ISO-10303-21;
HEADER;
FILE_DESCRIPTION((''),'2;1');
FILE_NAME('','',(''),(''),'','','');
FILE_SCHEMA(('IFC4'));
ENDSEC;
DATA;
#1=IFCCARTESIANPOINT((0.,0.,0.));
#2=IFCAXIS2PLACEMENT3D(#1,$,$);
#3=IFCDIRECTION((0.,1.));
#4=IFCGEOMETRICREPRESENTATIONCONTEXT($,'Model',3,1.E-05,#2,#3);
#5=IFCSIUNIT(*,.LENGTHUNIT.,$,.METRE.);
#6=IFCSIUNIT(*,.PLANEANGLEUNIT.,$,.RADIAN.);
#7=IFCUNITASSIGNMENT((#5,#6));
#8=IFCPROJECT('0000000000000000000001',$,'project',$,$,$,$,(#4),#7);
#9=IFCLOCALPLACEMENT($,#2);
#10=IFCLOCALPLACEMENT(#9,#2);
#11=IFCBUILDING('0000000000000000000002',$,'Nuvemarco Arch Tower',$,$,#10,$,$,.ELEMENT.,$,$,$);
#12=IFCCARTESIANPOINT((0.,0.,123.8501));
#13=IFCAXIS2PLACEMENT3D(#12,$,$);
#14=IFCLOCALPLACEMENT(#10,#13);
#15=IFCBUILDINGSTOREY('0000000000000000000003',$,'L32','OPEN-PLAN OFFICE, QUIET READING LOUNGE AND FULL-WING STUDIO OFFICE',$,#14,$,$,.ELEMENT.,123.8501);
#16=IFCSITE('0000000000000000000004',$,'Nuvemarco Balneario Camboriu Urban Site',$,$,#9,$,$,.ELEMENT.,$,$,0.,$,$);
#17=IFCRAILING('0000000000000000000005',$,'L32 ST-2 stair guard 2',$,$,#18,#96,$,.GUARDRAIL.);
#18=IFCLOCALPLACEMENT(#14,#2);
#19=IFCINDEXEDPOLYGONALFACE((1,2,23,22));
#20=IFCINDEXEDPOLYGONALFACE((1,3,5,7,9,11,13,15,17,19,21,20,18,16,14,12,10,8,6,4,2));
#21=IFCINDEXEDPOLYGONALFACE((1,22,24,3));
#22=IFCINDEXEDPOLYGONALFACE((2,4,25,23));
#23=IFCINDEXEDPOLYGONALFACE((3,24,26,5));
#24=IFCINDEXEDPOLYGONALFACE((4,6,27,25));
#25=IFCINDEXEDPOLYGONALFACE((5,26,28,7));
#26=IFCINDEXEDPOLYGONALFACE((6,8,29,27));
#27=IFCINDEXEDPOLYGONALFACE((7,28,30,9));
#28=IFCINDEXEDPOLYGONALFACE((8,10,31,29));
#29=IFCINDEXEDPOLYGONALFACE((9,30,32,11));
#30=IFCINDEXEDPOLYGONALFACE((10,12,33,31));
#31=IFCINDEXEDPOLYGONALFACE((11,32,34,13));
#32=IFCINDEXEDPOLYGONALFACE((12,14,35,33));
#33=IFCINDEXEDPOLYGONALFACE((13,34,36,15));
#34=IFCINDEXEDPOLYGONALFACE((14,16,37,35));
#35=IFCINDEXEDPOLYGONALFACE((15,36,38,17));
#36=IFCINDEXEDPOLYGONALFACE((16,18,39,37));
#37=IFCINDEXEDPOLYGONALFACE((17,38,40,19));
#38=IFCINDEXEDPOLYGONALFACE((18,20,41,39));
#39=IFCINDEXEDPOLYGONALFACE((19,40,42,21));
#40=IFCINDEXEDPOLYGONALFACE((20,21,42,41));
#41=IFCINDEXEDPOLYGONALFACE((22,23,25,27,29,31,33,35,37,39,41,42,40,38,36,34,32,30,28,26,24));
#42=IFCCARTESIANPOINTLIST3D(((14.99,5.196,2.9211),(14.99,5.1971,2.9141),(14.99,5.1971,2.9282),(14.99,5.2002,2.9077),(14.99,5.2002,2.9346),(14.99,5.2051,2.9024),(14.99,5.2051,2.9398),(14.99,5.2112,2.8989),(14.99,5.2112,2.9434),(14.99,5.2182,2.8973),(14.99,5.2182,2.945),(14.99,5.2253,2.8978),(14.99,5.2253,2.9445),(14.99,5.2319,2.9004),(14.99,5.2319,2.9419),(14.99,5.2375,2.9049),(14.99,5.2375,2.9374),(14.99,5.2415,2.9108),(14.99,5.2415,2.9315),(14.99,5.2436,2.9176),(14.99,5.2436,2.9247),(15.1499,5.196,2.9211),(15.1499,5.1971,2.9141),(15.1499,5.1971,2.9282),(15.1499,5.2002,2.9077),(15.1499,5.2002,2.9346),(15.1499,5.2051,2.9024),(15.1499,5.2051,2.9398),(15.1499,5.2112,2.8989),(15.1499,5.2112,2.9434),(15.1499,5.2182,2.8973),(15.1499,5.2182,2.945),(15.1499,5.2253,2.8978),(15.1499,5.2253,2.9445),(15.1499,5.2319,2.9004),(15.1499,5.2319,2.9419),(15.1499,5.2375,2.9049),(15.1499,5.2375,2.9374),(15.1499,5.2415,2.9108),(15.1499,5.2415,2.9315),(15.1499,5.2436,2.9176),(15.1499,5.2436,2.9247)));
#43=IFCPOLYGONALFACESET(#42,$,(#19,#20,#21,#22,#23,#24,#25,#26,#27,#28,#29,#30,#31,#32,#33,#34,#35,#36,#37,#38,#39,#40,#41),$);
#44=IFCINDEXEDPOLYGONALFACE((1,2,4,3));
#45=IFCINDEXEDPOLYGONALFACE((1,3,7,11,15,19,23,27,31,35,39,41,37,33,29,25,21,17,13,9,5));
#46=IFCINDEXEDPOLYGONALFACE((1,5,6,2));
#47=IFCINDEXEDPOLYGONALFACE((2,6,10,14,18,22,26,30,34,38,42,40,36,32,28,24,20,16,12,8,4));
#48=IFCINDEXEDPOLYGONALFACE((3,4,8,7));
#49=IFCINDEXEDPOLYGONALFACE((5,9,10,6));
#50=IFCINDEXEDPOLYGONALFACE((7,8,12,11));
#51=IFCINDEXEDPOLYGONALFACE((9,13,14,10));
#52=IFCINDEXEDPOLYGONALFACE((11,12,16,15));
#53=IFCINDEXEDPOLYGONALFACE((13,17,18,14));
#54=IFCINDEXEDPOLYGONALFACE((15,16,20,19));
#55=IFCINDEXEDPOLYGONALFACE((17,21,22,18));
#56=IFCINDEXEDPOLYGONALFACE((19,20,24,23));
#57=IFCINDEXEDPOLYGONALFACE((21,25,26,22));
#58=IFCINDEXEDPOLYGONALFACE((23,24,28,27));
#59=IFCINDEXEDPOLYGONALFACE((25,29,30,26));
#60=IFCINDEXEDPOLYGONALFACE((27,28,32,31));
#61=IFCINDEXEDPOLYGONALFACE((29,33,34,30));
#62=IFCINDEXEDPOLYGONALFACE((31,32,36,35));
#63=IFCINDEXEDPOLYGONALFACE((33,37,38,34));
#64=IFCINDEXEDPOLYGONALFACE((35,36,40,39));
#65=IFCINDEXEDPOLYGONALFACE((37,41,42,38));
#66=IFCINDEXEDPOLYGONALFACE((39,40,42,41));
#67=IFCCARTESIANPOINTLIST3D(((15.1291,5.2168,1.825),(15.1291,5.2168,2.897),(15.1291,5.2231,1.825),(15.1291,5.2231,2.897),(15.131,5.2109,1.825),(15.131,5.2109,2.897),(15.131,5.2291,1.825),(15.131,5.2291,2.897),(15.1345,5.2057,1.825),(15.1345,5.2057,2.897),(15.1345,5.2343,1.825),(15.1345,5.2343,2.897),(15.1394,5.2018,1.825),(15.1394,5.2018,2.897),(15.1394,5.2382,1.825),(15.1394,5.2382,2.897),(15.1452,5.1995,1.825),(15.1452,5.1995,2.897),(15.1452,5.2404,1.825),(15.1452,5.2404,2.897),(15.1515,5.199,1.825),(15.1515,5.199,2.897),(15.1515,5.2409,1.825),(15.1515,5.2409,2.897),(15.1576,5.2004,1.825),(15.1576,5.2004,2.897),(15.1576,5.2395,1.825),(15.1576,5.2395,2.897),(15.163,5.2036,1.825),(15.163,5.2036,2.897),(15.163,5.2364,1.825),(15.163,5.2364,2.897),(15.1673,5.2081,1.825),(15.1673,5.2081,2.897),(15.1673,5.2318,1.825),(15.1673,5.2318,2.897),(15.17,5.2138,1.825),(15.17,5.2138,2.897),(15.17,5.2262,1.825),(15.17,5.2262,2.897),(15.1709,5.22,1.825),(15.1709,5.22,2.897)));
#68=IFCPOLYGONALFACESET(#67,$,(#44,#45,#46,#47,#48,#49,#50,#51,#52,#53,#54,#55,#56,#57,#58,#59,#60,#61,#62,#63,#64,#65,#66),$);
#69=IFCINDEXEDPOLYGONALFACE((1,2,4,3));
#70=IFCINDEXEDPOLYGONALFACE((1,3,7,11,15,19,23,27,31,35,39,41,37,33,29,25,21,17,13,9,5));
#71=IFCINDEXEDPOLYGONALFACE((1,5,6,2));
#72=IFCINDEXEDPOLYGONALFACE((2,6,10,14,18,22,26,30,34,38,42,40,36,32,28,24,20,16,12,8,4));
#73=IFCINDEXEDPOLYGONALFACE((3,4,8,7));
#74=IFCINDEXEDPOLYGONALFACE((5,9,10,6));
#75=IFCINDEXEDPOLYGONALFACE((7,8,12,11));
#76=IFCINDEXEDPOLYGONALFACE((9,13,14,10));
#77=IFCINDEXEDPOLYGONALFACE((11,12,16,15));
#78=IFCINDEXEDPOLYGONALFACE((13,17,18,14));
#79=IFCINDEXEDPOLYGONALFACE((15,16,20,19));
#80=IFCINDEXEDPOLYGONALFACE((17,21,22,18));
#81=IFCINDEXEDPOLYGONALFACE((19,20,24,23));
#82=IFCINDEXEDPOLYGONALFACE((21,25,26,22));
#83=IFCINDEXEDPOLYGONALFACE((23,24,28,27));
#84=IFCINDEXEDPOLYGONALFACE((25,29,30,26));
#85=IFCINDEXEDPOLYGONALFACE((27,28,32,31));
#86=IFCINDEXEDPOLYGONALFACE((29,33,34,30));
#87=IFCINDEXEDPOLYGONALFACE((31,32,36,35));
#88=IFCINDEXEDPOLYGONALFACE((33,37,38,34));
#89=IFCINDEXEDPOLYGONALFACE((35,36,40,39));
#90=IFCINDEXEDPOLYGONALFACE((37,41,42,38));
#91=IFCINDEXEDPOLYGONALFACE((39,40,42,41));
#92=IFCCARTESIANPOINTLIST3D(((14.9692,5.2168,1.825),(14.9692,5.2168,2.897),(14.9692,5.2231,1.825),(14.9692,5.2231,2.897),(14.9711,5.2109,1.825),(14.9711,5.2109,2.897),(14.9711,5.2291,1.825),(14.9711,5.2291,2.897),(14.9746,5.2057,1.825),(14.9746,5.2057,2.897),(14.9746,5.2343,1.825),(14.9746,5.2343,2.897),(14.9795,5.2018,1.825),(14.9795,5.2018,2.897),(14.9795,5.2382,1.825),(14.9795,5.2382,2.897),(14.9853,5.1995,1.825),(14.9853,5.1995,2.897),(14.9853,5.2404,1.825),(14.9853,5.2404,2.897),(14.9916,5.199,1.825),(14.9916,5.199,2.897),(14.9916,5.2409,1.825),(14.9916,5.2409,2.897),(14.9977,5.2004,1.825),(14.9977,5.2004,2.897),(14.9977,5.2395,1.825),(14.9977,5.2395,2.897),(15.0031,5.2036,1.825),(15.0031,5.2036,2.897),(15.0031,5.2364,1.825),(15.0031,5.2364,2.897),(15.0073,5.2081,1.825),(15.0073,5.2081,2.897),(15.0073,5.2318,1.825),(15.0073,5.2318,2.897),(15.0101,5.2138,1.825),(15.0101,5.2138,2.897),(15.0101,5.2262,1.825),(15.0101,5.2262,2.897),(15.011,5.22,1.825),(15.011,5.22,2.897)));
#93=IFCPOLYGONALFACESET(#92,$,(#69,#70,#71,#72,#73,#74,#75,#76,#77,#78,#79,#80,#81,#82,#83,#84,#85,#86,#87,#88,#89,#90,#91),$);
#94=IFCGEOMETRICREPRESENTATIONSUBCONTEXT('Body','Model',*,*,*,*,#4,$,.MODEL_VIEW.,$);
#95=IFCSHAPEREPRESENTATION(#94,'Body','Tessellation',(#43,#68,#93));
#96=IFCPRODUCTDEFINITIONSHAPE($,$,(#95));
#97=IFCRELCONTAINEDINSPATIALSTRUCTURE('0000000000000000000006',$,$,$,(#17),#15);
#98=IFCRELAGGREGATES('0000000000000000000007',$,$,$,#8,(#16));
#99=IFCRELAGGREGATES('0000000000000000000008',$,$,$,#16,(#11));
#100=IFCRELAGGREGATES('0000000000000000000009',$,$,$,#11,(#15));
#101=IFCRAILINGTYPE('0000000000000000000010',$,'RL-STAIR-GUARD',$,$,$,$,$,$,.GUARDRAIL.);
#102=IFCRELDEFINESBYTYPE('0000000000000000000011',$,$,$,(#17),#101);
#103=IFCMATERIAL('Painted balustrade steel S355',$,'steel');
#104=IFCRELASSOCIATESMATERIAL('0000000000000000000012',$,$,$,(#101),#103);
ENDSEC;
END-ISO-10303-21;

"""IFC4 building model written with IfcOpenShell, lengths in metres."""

from ifc_helpers import new_model, si_unit, direction, frame, origin, origin_2d, place, context, subcontext, project, spatial, circle, extrude, material, type_object, element, save


model = new_model("IFC4")

# Units and contexts
model_context = context("Model", 3, precision=1e-05, world=origin(), true_north=direction((0.0, 1.0)))
body_context = subcontext(model_context, "Body", "Model", "MODEL_VIEW")
ifc_project = project(units=[si_unit("LENGTHUNIT", "METRE"), si_unit("PLANEANGLEUNIT", "RADIAN")], contexts=[model_context])

# Site, building, storey
site_placement = place(None, origin())
site = spatial("IfcSite", under=ifc_project, at=site_placement, Name="Nuvemarco Balneario Camboriu Urban Site", CompositionType="ELEMENT", RefElevation=0.0)
building_placement = place(site_placement, origin())
building = spatial("IfcBuilding", under=site, at=building_placement, Name="Nuvemarco Arch Tower", CompositionType="ELEMENT")
storey_placement = place(building_placement, frame((0.0, 0.0, 123.8501)))
storey = spatial("IfcBuildingStorey", under=building, at=storey_placement, Name="L32", Description="OPEN-PLAN OFFICE, QUIET READING LOUNGE AND FULL-WING STUDIO OFFICE", CompositionType="ELEMENT", Elevation=123.8501)

# Railing
ifc_material_1 = material(Name="Painted balustrade steel S355", Category="steel")
railing_type_1 = type_object("IfcRailingType", Name="RL-STAIR-GUARD", PredefinedType="GUARDRAIL", material=ifc_material_1)
railing_1_placement = place(storey_placement, frame((15.1499, 5.22, 1.825)))
element("IfcRailing", 1, at=railing_1_placement, inside=storey, type_object=railing_type_1, Name="L32 ST-2 stair guard 2", PredefinedType="GUARDRAIL", context=body_context, shape_type="SweptSolid", body=[
    extrude(circle(Radius=0.0239, at=origin_2d()), frame((0.0, 0.0, 1.0962), z_axis=(-1.0, 0.0, 0.0), x_axis=(0.0, -1.0, 0.0)), (0.0, 0.0, 1.0), 0.1599),
    extrude(circle(Radius=0.021, at=origin_2d()), origin(), (0.0, 0.0, 1.0), 1.072),
    extrude(circle(Radius=0.021, at=origin_2d()), frame((-0.1599, 0.0, 0.0)), (0.0, 0.0, 1.0), 1.072),
])

save(model, "model.ifc")
